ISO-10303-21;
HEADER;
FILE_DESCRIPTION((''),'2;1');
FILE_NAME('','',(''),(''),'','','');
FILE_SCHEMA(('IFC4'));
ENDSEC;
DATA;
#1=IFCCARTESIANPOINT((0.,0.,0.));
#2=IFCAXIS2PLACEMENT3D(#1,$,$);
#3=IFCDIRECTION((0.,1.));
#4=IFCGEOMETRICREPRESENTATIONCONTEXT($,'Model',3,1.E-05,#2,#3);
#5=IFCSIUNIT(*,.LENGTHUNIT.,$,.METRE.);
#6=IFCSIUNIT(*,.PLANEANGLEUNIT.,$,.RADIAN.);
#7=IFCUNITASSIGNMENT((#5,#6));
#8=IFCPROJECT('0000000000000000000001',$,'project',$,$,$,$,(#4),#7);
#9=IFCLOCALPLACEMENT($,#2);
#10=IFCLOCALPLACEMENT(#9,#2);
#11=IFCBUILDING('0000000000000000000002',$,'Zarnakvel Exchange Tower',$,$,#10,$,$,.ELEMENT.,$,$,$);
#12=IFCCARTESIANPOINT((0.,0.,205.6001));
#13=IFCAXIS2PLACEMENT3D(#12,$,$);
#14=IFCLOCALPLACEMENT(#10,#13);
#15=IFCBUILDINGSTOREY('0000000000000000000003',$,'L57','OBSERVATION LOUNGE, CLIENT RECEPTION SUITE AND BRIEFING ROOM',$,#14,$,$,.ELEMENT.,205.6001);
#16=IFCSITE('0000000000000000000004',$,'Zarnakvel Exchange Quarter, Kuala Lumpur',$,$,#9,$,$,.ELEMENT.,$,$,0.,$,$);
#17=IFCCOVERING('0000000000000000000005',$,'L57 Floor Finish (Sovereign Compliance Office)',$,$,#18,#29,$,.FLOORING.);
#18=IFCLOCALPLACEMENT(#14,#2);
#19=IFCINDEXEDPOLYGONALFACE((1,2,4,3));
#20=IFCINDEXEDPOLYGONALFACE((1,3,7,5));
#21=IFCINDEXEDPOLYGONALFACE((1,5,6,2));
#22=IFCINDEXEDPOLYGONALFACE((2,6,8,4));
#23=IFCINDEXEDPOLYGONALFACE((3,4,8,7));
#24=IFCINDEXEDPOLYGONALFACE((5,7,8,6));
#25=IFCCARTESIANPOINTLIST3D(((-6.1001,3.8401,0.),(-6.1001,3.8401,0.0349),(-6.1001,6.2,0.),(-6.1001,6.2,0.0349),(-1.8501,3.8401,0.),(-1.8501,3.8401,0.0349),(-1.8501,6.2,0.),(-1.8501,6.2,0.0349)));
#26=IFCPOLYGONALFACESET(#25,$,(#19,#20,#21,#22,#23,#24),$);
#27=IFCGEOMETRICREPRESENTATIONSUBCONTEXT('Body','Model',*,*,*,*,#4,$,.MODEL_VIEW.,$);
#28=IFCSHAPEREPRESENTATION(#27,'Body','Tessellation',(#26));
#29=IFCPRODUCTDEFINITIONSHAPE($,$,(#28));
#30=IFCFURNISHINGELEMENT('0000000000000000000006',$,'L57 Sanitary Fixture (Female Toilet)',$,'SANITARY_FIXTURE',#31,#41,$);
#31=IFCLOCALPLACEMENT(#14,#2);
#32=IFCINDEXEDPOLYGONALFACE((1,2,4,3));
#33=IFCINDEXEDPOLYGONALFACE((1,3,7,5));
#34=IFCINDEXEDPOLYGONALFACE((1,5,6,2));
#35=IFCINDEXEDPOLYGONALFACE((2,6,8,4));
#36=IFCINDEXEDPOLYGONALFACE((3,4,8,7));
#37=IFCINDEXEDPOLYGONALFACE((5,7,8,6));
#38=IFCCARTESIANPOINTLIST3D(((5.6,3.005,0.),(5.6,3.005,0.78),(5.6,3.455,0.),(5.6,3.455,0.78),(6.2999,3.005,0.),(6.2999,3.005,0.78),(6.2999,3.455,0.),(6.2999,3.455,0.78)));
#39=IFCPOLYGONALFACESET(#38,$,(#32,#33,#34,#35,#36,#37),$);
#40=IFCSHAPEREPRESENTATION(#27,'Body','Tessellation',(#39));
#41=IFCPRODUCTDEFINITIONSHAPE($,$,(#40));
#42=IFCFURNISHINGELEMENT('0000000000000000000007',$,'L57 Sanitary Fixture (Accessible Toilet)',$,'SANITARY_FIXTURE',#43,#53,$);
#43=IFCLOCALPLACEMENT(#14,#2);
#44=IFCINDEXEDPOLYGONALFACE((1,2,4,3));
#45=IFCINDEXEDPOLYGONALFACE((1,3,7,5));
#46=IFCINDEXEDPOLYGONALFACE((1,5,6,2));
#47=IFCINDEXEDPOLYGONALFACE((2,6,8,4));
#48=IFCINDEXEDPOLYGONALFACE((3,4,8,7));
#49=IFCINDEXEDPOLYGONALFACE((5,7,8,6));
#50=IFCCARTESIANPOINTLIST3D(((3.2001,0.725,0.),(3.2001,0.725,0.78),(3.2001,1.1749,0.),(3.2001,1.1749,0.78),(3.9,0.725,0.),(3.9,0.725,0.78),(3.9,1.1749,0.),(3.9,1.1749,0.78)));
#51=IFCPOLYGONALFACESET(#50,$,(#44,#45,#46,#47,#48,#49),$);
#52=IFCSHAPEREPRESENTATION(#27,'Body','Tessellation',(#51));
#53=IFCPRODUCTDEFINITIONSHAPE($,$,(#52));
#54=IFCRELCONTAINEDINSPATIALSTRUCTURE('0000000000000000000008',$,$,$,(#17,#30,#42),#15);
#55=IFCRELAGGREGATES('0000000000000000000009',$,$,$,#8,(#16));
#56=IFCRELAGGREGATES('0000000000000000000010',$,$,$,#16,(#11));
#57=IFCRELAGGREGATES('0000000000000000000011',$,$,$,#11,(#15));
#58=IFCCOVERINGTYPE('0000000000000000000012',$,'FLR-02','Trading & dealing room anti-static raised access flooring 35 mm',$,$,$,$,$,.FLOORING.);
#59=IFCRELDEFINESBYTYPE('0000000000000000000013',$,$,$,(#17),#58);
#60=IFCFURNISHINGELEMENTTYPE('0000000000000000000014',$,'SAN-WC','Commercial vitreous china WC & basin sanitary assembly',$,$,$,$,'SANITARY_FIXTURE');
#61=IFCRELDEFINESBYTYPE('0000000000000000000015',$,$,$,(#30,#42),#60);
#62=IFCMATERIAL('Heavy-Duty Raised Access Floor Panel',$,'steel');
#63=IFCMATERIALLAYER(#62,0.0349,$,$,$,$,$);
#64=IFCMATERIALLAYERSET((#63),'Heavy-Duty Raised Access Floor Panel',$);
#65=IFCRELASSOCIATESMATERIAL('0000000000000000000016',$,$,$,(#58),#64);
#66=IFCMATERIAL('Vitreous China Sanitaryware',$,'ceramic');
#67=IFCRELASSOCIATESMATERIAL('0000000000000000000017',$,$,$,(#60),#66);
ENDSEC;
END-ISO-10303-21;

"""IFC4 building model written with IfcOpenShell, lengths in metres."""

from ifc_helpers import new_model, si_unit, direction, frame, origin, origin_2d, place, context, subcontext, project, spatial, polyline, rectangle, outline, extrude, source, transform, mapped, material, layer, layer_set, type_object, element, save


model = new_model("IFC4")

# Units and contexts
model_context = context("Model", 3, precision=1e-05, world=origin(), true_north=direction((0.0, 1.0)))
body_context = subcontext(model_context, "Body", "Model", "MODEL_VIEW")
ifc_project = project(units=[si_unit("LENGTHUNIT", "METRE"), si_unit("PLANEANGLEUNIT", "RADIAN")], contexts=[model_context])

# Site, building, storey
site_placement = place(None, origin())
site = spatial("IfcSite", under=ifc_project, at=site_placement, Name="Zarnakvel Exchange Quarter, Kuala Lumpur", CompositionType="ELEMENT", RefElevation=0.0)
building_placement = place(site_placement, origin())
building = spatial("IfcBuilding", under=site, at=building_placement, Name="Zarnakvel Exchange Tower", CompositionType="ELEMENT")
storey_placement = place(building_placement, frame((0.0, 0.0, 205.6001)))
storey = spatial("IfcBuildingStorey", under=building, at=storey_placement, Name="L57", Description="OBSERVATION LOUNGE, CLIENT RECEPTION SUITE AND BRIEFING ROOM", CompositionType="ELEMENT", Elevation=205.6001)

# Covering
ifc_material_1 = material(Name="Heavy-Duty Raised Access Floor Panel", Category="steel")
ifc_layer_1 = layer(ifc_material_1, 0.0349)
ifc_layer_set_1 = layer_set([ifc_layer_1], Name="Heavy-Duty Raised Access Floor Panel")
covering_type_1 = type_object("IfcCoveringType", Name="FLR-02", Description="Trading & dealing room anti-static raised access flooring 35 mm", PredefinedType="FLOORING", material=ifc_layer_set_1)
covering_1_placement = place(storey_placement, origin())
element("IfcCovering", 1, at=covering_1_placement, inside=storey, type_object=covering_type_1, Name="L57 Floor Finish (Sovereign Compliance Office)", PredefinedType="FLOORING", context=body_context, shape_type="SweptSolid", body=[
    extrude(outline(polyline([(-6.1001, 6.2), (-1.8501, 6.2), (-1.8501, 3.8401), (-6.1001, 3.8401), (-6.1001, 6.2)])), origin(), (0.0, 0.0, 1.0), 0.0349),
])

# Furnishing elements
ifc_material_2 = material(Name="Vitreous China Sanitaryware", Category="ceramic")
furnishing_element_type = type_object("IfcFurnishingElementType", Name="SAN-WC", Description="Commercial vitreous china WC & basin sanitary assembly", ElementType="SANITARY_FIXTURE", material=ifc_material_2)
shared_shape_1 = source(origin(), body_context, "Body", "SweptSolid", [
    extrude(rectangle(XDim=0.7, YDim=0.45, at=origin_2d()), origin(), (0.0, 0.0, 1.0), 0.78),
])
for number, where, z_axis, x_axis, name in (
    (2, (5.95, 3.23, 0.0), (0.0, 0.0, 1.0), (1.0, 0.0, 0.0), "L57 Sanitary Fixture (Female Toilet)"),
    (3, (3.55, 0.95, 0.0), (0.0, 0.0, 1.0), (1.0, 0.0, 0.0), "L57 Sanitary Fixture (Accessible Toilet)"),
):
    element("IfcFurnishingElement", number, at=place(storey_placement, frame(where, z_axis=z_axis, x_axis=x_axis)), inside=storey, type_object=furnishing_element_type, Name=name, ObjectType="SANITARY_FIXTURE", context=body_context, shape_type="MappedRepresentation", body=[
        mapped(shared_shape_1, transform((0.0, 0.0, 0.0), x_axis=(1.0, 0.0, 0.0), y_axis=(0.0, 1.0, 0.0), z_axis=(0.0, 0.0, 1.0), scale=1.0)),
    ])

save(model, "model.ifc")
